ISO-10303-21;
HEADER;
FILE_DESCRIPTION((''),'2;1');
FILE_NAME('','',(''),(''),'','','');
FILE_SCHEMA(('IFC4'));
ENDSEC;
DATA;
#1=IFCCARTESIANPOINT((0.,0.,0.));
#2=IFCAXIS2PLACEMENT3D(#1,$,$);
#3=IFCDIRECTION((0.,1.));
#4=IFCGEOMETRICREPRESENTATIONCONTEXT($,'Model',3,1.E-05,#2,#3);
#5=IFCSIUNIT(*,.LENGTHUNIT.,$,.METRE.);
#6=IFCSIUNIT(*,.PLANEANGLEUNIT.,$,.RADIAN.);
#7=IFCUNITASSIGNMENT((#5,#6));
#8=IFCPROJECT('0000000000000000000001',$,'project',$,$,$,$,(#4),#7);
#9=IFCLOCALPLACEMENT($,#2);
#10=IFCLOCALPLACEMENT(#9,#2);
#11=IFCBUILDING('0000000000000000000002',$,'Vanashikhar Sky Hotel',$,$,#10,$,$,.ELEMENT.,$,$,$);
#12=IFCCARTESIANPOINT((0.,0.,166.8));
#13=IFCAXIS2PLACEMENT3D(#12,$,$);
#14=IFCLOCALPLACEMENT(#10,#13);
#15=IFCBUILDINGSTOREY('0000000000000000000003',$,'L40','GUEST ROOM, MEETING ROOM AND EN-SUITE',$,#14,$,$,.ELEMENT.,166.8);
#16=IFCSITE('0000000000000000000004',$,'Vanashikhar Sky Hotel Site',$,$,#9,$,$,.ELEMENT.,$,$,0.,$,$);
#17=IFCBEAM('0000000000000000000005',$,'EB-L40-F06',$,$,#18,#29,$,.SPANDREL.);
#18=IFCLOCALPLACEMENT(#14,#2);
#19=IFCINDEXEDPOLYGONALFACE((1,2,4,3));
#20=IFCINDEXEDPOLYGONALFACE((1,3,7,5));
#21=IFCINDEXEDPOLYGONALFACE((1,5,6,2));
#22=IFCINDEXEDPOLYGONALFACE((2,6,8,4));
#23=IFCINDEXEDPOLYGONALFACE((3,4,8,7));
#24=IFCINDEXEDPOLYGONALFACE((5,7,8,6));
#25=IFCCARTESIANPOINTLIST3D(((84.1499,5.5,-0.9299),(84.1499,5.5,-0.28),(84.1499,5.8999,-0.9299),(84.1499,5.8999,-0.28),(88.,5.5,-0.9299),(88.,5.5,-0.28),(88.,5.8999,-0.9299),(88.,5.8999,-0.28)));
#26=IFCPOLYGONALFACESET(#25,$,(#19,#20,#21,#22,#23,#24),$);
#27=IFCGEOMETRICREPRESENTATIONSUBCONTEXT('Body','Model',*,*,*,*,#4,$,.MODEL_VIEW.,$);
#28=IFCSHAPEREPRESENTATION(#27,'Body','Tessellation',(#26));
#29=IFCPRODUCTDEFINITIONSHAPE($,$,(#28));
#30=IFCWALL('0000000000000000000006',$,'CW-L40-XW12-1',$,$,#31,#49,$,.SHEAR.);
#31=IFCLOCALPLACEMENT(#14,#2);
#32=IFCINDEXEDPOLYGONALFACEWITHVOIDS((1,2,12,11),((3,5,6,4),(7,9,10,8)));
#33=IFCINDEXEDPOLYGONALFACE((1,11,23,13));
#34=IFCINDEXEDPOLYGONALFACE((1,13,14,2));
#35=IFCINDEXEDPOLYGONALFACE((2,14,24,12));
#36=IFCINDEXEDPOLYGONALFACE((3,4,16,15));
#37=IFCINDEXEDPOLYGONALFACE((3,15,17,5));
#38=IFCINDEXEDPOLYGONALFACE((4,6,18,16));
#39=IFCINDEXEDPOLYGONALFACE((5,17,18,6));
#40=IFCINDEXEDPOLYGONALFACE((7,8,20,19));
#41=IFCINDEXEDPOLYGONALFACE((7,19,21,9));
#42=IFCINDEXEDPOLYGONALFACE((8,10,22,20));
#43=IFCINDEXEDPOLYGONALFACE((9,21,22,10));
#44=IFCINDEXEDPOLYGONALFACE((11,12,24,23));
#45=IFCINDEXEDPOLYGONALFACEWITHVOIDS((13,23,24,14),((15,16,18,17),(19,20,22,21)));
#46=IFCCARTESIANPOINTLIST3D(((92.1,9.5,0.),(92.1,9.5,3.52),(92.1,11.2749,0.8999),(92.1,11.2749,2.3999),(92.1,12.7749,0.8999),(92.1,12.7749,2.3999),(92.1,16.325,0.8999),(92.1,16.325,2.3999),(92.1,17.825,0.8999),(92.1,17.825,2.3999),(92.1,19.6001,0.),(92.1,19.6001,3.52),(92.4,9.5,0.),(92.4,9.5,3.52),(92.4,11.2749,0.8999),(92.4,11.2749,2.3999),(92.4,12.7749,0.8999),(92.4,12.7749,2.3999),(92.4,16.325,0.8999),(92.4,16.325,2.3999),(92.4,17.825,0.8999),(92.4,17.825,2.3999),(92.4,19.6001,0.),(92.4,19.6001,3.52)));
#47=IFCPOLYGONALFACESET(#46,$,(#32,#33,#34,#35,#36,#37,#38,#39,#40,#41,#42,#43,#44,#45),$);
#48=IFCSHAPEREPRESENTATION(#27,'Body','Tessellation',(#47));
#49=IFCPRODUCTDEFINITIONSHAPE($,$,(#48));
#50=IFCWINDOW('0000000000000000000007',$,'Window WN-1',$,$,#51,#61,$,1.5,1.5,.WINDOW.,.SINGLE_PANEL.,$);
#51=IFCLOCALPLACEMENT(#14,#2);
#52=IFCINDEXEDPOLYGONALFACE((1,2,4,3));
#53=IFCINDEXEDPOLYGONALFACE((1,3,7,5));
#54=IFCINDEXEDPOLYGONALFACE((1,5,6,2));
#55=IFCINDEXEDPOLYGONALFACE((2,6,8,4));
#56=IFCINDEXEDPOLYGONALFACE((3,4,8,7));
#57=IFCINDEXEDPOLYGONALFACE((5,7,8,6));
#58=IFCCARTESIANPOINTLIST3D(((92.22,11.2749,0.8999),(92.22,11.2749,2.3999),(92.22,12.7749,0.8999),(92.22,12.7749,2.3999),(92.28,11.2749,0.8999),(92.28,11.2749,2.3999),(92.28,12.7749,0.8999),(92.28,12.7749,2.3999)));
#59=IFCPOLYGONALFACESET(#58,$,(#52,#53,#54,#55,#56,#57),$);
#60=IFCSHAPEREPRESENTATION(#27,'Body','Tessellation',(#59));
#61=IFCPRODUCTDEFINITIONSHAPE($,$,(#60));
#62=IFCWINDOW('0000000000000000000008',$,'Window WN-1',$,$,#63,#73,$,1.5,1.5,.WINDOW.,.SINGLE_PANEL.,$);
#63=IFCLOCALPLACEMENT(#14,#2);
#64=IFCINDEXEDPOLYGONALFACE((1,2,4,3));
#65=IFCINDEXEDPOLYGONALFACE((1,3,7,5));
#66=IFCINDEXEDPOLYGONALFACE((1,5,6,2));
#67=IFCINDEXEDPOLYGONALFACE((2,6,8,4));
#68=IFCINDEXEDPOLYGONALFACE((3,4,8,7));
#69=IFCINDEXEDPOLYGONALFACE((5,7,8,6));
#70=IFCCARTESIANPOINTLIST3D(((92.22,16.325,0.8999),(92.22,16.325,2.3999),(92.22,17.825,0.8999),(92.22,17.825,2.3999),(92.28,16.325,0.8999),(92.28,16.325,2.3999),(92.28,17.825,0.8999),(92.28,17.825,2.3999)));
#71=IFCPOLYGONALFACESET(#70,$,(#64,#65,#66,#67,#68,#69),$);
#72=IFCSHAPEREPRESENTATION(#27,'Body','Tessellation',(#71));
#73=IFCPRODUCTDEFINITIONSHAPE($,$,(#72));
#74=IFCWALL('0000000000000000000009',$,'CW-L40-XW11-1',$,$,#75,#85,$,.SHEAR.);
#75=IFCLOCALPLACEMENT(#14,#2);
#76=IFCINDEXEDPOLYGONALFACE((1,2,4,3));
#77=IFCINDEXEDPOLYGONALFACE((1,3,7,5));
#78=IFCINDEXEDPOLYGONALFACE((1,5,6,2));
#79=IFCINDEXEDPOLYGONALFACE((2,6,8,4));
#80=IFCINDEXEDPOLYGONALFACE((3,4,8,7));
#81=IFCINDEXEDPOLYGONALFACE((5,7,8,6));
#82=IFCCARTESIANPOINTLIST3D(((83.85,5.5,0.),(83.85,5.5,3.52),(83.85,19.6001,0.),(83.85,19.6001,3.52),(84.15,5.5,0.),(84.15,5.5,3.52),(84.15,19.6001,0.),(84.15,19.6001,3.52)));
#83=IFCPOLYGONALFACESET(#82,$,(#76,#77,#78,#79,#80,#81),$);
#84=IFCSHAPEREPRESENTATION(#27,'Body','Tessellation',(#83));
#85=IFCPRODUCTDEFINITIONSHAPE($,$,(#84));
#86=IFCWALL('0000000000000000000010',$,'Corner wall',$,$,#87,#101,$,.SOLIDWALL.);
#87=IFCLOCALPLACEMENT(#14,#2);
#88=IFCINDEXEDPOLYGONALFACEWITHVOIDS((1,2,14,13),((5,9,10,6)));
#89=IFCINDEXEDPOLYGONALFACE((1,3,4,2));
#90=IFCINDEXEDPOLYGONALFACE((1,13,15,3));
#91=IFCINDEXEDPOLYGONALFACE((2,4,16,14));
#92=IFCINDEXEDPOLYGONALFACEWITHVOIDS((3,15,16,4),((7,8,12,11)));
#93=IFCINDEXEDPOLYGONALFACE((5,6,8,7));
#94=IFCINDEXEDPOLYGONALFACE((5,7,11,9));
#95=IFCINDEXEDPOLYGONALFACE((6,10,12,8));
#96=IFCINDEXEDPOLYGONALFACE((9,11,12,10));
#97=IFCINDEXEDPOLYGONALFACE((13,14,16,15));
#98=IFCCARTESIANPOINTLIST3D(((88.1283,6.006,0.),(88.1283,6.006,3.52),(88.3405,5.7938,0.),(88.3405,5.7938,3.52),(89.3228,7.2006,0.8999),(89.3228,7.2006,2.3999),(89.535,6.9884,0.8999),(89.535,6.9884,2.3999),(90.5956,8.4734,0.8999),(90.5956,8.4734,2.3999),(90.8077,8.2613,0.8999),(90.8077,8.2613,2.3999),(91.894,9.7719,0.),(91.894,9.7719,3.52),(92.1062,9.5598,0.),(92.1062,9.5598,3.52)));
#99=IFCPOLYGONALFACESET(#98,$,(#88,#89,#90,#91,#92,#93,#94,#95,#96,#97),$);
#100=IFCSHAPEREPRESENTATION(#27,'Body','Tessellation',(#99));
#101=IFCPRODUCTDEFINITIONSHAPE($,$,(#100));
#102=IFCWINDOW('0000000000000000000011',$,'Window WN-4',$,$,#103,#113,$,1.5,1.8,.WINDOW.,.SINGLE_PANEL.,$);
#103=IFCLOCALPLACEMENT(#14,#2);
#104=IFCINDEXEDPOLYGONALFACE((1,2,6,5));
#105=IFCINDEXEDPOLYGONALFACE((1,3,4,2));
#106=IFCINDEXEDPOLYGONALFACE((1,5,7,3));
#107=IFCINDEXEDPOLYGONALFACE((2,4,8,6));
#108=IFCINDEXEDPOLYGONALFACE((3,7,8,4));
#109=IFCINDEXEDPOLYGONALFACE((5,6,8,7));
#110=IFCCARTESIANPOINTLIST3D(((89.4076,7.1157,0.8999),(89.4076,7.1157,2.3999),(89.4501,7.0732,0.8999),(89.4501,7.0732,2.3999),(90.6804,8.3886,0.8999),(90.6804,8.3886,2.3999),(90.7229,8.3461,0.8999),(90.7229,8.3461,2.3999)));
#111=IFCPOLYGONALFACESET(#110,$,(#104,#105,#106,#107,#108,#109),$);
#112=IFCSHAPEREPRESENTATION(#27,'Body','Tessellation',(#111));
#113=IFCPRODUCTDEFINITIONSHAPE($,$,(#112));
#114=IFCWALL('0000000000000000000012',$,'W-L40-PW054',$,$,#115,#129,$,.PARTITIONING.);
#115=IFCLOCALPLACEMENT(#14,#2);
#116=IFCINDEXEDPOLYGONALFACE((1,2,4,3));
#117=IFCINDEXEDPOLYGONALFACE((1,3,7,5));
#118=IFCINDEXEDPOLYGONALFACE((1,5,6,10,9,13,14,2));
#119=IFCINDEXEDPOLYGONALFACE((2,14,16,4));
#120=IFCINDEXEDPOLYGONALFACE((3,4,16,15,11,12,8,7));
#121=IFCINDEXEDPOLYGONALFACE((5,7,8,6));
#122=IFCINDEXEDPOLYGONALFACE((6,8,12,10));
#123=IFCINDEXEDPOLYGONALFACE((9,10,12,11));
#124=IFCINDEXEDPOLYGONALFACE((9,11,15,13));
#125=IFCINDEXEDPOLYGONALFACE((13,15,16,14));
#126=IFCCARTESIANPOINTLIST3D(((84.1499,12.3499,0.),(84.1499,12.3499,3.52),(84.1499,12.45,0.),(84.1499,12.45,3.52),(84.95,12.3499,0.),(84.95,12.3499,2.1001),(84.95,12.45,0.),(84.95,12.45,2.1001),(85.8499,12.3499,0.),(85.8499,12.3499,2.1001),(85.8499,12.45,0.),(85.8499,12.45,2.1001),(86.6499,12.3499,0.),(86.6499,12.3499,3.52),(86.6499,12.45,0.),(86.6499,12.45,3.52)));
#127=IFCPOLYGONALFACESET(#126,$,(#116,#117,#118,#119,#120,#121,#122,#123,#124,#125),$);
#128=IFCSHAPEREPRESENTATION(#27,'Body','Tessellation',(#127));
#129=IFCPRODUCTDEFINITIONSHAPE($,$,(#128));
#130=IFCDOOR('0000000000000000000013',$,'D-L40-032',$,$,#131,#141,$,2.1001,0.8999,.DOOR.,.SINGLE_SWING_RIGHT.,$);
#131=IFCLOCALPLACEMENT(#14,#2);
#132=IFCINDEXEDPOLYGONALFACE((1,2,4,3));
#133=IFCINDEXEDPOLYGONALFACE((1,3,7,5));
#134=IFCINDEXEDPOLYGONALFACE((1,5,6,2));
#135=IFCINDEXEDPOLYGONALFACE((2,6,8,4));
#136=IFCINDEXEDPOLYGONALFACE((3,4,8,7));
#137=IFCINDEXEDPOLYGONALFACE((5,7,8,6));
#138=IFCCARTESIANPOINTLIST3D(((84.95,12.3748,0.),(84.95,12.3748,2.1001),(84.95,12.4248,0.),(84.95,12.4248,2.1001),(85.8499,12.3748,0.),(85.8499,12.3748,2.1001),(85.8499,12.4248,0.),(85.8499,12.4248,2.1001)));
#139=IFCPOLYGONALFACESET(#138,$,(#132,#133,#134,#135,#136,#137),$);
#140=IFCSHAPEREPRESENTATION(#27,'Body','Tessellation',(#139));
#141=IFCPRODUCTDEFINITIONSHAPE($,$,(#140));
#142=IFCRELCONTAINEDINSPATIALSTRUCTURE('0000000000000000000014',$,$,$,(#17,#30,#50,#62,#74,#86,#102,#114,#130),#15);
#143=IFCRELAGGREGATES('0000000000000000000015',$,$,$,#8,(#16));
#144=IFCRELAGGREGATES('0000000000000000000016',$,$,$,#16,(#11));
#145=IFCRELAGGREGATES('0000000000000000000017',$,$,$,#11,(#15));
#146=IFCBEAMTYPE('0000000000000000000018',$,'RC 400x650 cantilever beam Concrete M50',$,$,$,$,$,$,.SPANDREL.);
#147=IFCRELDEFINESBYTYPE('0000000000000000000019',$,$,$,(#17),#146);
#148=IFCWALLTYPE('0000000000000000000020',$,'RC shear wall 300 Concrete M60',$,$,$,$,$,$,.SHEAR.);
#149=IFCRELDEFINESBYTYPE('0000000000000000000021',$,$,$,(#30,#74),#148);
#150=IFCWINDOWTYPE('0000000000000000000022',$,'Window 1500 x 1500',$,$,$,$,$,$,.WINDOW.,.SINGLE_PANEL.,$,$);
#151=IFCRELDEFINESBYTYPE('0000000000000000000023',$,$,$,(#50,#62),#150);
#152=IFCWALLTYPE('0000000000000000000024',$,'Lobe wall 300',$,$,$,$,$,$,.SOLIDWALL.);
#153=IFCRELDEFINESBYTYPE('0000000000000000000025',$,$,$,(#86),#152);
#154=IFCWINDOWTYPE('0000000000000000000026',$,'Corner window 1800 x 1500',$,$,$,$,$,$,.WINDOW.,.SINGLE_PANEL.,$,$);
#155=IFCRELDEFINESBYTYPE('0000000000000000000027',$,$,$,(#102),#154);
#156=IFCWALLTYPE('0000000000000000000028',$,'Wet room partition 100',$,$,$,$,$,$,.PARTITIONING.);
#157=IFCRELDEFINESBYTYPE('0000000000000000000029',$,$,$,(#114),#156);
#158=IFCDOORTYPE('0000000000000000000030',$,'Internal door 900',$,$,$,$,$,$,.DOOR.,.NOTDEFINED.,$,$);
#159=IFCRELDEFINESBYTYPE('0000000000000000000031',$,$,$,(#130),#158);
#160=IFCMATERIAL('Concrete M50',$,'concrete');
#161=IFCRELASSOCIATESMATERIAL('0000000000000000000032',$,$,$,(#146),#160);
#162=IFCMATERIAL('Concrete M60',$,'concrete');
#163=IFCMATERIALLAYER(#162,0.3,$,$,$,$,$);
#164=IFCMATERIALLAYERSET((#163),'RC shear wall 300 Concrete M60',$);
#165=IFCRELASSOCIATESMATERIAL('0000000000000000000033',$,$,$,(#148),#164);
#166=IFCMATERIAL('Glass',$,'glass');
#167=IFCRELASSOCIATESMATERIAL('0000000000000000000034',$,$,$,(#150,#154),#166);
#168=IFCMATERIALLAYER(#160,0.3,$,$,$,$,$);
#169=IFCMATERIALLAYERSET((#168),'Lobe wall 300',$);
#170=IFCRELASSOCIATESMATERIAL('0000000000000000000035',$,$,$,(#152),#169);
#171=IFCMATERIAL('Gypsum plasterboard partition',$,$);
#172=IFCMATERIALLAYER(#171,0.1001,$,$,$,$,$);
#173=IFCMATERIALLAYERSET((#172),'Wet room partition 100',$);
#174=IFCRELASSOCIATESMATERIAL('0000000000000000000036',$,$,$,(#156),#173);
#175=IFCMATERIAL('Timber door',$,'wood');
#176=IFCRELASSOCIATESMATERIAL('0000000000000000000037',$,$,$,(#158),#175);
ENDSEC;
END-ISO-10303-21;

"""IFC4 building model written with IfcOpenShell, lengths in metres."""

from ifc_helpers import new_model, si_unit, direction, frame, frame_2d, origin, origin_2d, place, context, subcontext, project, spatial, rectangle, extrude, source, transform, mapped, material, layer, layer_set, material_profile, profile_set, type_object, element, fill, save


model = new_model("IFC4")

# Units and contexts
model_context = context("Model", 3, precision=1e-05, world=origin(), true_north=direction((0.0, 1.0)))
body_context = subcontext(model_context, "Body", "Model", "MODEL_VIEW")
ifc_project = project(units=[si_unit("LENGTHUNIT", "METRE"), si_unit("PLANEANGLEUNIT", "RADIAN")], contexts=[model_context])

# Site, building, storey
site_placement = place(None, origin())
site = spatial("IfcSite", under=ifc_project, at=site_placement, Name="Vanashikhar Sky Hotel Site", CompositionType="ELEMENT", RefElevation=0.0)
building_placement = place(site_placement, origin())
building = spatial("IfcBuilding", under=site, at=building_placement, Name="Vanashikhar Sky Hotel", CompositionType="ELEMENT")
storey_placement = place(building_placement, frame((0.0, 0.0, 166.8)))
storey = spatial("IfcBuildingStorey", under=building, at=storey_placement, Name="L40", Description="GUEST ROOM, MEETING ROOM AND EN-SUITE", CompositionType="ELEMENT", Elevation=166.8)

# Beam
ifc_material_1 = material(Name="Concrete M50", Category="concrete")
ifc_material_profile = material_profile(ifc_material_1, rectangle(XDim=0.3999, YDim=0.6499, at=origin_2d()))
ifc_profile_set = profile_set([ifc_material_profile], Name="RC 400x650 cantilever beam Concrete M50")
beam_type = type_object("IfcBeamType", Name="RC 400x650 cantilever beam Concrete M50", PredefinedType="SPANDREL", material=ifc_profile_set)
shared_shape_1 = source(origin(), body_context, "Body", "SweptSolid", [
    extrude(rectangle(XDim=0.3999, YDim=0.6499, at=origin_2d()), origin(), (0.0, 0.0, 1.0), 3.8501),
])
beam_placement = place(storey_placement, frame((84.1499, 5.7, -0.605), z_axis=(1.0, 0.0, 0.0), x_axis=(0.0, 1.0, 0.0)))
element("IfcBeam", 1, at=beam_placement, inside=storey, type_object=beam_type, Name="EB-L40-F06", PredefinedType="SPANDREL", context=body_context, shape_type="MappedRepresentation", body=[
    mapped(shared_shape_1, transform((0.0, 0.0, 0.0), scale=1.0)),
])

# Wall, openings, windows
ifc_material_2 = material(Name="Concrete M60", Category="concrete")
ifc_layer_1 = layer(ifc_material_2, 0.3)
ifc_layer_set_1 = layer_set([ifc_layer_1], Name="RC shear wall 300 Concrete M60")
wall_type_1 = type_object("IfcWallType", Name="RC shear wall 300 Concrete M60", PredefinedType="SHEAR", material=ifc_layer_set_1)
shared_shape_2 = source(origin(), body_context, "Body", "SweptSolid", [
    extrude(rectangle(XDim=10.1001, YDim=0.3, at=frame_2d((5.05, 0.0))), origin(), (0.0, 0.0, 1.0), 3.52),
])
wall_1_placement = place(storey_placement, frame((92.25, 9.5, 0.0), z_axis=(0.0, 0.0, 1.0), x_axis=(0.0, 1.0, 0.0)))
wall_1 = element("IfcWall", 2, at=wall_1_placement, inside=storey, type_object=wall_type_1, Name="CW-L40-XW12-1", PredefinedType="SHEAR", context=body_context, shape_type="MappedRepresentation", body=[
    mapped(shared_shape_2, transform((0.0, 0.0, 0.0), scale=1.0)),
])
shared_shape_3 = source(origin(), body_context, "Body", "SweptSolid", [
    extrude(rectangle(XDim=1.5, YDim=1.5, at=frame_2d((0.75, 0.75))), frame((0.0, 0.1602, 0.0), z_axis=(0.0, -1.0, 0.0), x_axis=(1.0, 0.0, 0.0)), (0.0, 0.0, 1.0), 0.3201),
])
opening_1_placement = place(wall_1_placement, frame((1.7749, 0.0, 0.8999)))
opening_1 = element("IfcOpeningElement", 3, at=opening_1_placement, cuts=wall_1, PredefinedType="OPENING", context=body_context, shape_type="MappedRepresentation", body=[
    mapped(shared_shape_3, transform((0.0, 0.0, 0.0), scale=1.0)),
])
opening_2_placement = place(wall_1_placement, frame((6.825, 0.0, 0.8999)))
opening_2 = element("IfcOpeningElement", 4, at=opening_2_placement, cuts=wall_1, PredefinedType="OPENING", context=body_context, shape_type="MappedRepresentation", body=[
    mapped(shared_shape_3, transform((0.0, 0.0, 0.0), scale=1.0)),
])
ifc_material_3 = material(Name="Glass", Category="glass")
window_type_1 = type_object("IfcWindowType", Name="Window 1500 x 1500", PartitioningType="SINGLE_PANEL", PredefinedType="WINDOW", material=ifc_material_3)
shared_shape_4 = source(origin(), body_context, "Body", "SweptSolid", [
    extrude(rectangle(XDim=1.5, YDim=1.5, at=frame_2d((0.75, 0.75))), frame((0.0, 0.03, 0.0), z_axis=(0.0, -1.0, 0.0), x_axis=(1.0, 0.0, 0.0)), (0.0, 0.0, 1.0), 0.0601),
])
window_1_placement = place(opening_1_placement, origin())
window_1 = element("IfcWindow", 5, at=window_1_placement, inside=storey, type_object=window_type_1, Name="Window WN-1", OverallHeight=1.5, OverallWidth=1.5, PartitioningType="SINGLE_PANEL", PredefinedType="WINDOW", context=body_context, shape_type="MappedRepresentation", body=[
    mapped(shared_shape_4, transform((0.0, 0.0, 0.0), scale=1.0)),
])
fill(opening_1, window_1)
window_2_placement = place(opening_2_placement, origin())
window_2 = element("IfcWindow", 6, at=window_2_placement, inside=storey, type_object=window_type_1, Name="Window WN-1", OverallHeight=1.5, OverallWidth=1.5, PartitioningType="SINGLE_PANEL", PredefinedType="WINDOW", context=body_context, shape_type="MappedRepresentation", body=[
    mapped(shared_shape_4, transform((0.0, 0.0, 0.0), scale=1.0)),
])
fill(opening_2, window_2)

# Wall
shared_shape_5 = source(origin(), body_context, "Body", "SweptSolid", [
    extrude(rectangle(XDim=14.1001, YDim=0.3, at=frame_2d((7.05, 0.0))), origin(), (0.0, 0.0, 1.0), 3.52),
])
wall_2_placement = place(storey_placement, frame((84.0, 5.5, 0.0), z_axis=(0.0, 0.0, 1.0), x_axis=(0.0, 1.0, 0.0)))
element("IfcWall", 7, at=wall_2_placement, inside=storey, type_object=wall_type_1, Name="CW-L40-XW11-1", PredefinedType="SHEAR", context=body_context, shape_type="MappedRepresentation", body=[
    mapped(shared_shape_5, transform((0.0, 0.0, 0.0), scale=1.0)),
])

# Wall, opening, window
ifc_layer_2 = layer(ifc_material_1, 0.3)
ifc_layer_set_2 = layer_set([ifc_layer_2], Name="Lobe wall 300")
wall_type_2 = type_object("IfcWallType", Name="Lobe wall 300", PredefinedType="SOLIDWALL", material=ifc_layer_set_2)
shared_shape_6 = source(origin(), body_context, "Body", "SweptSolid", [
    extrude(rectangle(XDim=5.3257, YDim=0.3, at=frame_2d((2.6628, 0.0))), origin(), (0.0, 0.0, 1.0), 3.52),
])
wall_3_placement = place(storey_placement, frame((88.2344, 5.8999, 0.0), z_axis=(0.0, 0.0, 1.0), x_axis=(0.707084, 0.70713, 0.0)))
wall_3 = element("IfcWall", 8, at=wall_3_placement, inside=storey, type_object=wall_type_2, Name="Corner wall", PredefinedType="SOLIDWALL", context=body_context, shape_type="MappedRepresentation", body=[
    mapped(shared_shape_6, transform((0.0, 0.0, 0.0), scale=1.0)),
])
shared_shape_7 = source(origin(), body_context, "Body", "SweptSolid", [
    extrude(rectangle(XDim=1.8, YDim=1.5, at=frame_2d((0.8999, 0.75))), frame((0.0, 0.1602, 0.0), z_axis=(0.0, -1.0, 0.0), x_axis=(1.0, 0.0, 0.0)), (0.0, 0.0, 1.0), 0.3201),
])
opening_3_placement = place(wall_3_placement, frame((1.6895, 0.0, 0.8999)))
opening_3 = element("IfcOpeningElement", 9, at=opening_3_placement, cuts=wall_3, PredefinedType="OPENING", context=body_context, shape_type="MappedRepresentation", body=[
    mapped(shared_shape_7, transform((0.0, 0.0, 0.0), scale=1.0)),
])
window_type_2 = type_object("IfcWindowType", Name="Corner window 1800 x 1500", PartitioningType="SINGLE_PANEL", PredefinedType="WINDOW", material=ifc_material_3)
shared_shape_8 = source(origin(), body_context, "Body", "SweptSolid", [
    extrude(rectangle(XDim=1.8, YDim=1.5, at=frame_2d((0.8999, 0.75))), frame((0.0, 0.03, 0.0), z_axis=(0.0, -1.0, 0.0), x_axis=(1.0, 0.0, 0.0)), (0.0, 0.0, 1.0), 0.0601),
])
window_3_placement = place(opening_3_placement, origin())
window_3 = element("IfcWindow", 10, at=window_3_placement, inside=storey, type_object=window_type_2, Name="Window WN-4", OverallHeight=1.5, OverallWidth=1.8, PartitioningType="SINGLE_PANEL", PredefinedType="WINDOW", context=body_context, shape_type="MappedRepresentation", body=[
    mapped(shared_shape_8, transform((0.0, 0.0, 0.0), scale=1.0)),
])
fill(opening_3, window_3)

# Wall, opening, door
ifc_material_4 = material(Name="Gypsum plasterboard partition")
ifc_layer_3 = layer(ifc_material_4, 0.1001)
ifc_layer_set_3 = layer_set([ifc_layer_3], Name="Wet room partition 100")
wall_type_3 = type_object("IfcWallType", Name="Wet room partition 100", PredefinedType="PARTITIONING", material=ifc_layer_set_3)
shared_shape_9 = source(origin(), body_context, "Body", "SweptSolid", [
    extrude(rectangle(XDim=2.5, YDim=0.1001, at=frame_2d((1.25, 0.0))), origin(), (0.0, 0.0, 1.0), 3.52),
])
wall_4_placement = place(storey_placement, frame((84.1499, 12.3999, 0.0), z_axis=(0.0, 0.0, 1.0), x_axis=(1.0, 0.0, 0.0)))
wall_4 = element("IfcWall", 11, at=wall_4_placement, inside=storey, type_object=wall_type_3, Name="W-L40-PW054", PredefinedType="PARTITIONING", context=body_context, shape_type="MappedRepresentation", body=[
    mapped(shared_shape_9, transform((0.0, 0.0, 0.0), scale=1.0)),
])
shared_shape_10 = source(origin(), body_context, "Body", "SweptSolid", [
    extrude(rectangle(XDim=0.8999, YDim=2.1001, at=frame_2d((0.45, 1.05))), frame((0.0, 0.0601, 0.0), z_axis=(0.0, -1.0, 0.0), x_axis=(1.0, 0.0, 0.0)), (0.0, 0.0, 1.0), 0.1201),
])
opening_4_placement = place(wall_4_placement, frame((0.8, 0.0, 0.0)))
opening_4 = element("IfcOpeningElement", 12, at=opening_4_placement, cuts=wall_4, PredefinedType="OPENING", context=body_context, shape_type="MappedRepresentation", body=[
    mapped(shared_shape_10, transform((0.0, 0.0, 0.0), scale=1.0)),
])
ifc_material_5 = material(Name="Timber door", Category="wood")
door_type_1 = type_object("IfcDoorType", Name="Internal door 900", OperationType="NOTDEFINED", PredefinedType="DOOR", material=ifc_material_5)
shared_shape_11 = source(origin(), body_context, "Body", "SweptSolid", [
    extrude(rectangle(XDim=0.8999, YDim=2.1001, at=frame_2d((0.45, 1.05))), frame((0.0, 0.0249, 0.0), z_axis=(0.0, -1.0, 0.0), x_axis=(1.0, 0.0, 0.0)), (0.0, 0.0, 1.0), 0.05),
])
door_1_placement = place(opening_4_placement, origin())
door_1 = element("IfcDoor", 13, at=door_1_placement, inside=storey, type_object=door_type_1, Name="D-L40-032", OperationType="SINGLE_SWING_RIGHT", OverallHeight=2.1001, OverallWidth=0.8999, PredefinedType="DOOR", context=body_context, shape_type="MappedRepresentation", body=[
    mapped(shared_shape_11, transform((0.0, 0.0, 0.0), scale=1.0)),
])
fill(opening_4, door_1)

save(model, "model.ifc")
